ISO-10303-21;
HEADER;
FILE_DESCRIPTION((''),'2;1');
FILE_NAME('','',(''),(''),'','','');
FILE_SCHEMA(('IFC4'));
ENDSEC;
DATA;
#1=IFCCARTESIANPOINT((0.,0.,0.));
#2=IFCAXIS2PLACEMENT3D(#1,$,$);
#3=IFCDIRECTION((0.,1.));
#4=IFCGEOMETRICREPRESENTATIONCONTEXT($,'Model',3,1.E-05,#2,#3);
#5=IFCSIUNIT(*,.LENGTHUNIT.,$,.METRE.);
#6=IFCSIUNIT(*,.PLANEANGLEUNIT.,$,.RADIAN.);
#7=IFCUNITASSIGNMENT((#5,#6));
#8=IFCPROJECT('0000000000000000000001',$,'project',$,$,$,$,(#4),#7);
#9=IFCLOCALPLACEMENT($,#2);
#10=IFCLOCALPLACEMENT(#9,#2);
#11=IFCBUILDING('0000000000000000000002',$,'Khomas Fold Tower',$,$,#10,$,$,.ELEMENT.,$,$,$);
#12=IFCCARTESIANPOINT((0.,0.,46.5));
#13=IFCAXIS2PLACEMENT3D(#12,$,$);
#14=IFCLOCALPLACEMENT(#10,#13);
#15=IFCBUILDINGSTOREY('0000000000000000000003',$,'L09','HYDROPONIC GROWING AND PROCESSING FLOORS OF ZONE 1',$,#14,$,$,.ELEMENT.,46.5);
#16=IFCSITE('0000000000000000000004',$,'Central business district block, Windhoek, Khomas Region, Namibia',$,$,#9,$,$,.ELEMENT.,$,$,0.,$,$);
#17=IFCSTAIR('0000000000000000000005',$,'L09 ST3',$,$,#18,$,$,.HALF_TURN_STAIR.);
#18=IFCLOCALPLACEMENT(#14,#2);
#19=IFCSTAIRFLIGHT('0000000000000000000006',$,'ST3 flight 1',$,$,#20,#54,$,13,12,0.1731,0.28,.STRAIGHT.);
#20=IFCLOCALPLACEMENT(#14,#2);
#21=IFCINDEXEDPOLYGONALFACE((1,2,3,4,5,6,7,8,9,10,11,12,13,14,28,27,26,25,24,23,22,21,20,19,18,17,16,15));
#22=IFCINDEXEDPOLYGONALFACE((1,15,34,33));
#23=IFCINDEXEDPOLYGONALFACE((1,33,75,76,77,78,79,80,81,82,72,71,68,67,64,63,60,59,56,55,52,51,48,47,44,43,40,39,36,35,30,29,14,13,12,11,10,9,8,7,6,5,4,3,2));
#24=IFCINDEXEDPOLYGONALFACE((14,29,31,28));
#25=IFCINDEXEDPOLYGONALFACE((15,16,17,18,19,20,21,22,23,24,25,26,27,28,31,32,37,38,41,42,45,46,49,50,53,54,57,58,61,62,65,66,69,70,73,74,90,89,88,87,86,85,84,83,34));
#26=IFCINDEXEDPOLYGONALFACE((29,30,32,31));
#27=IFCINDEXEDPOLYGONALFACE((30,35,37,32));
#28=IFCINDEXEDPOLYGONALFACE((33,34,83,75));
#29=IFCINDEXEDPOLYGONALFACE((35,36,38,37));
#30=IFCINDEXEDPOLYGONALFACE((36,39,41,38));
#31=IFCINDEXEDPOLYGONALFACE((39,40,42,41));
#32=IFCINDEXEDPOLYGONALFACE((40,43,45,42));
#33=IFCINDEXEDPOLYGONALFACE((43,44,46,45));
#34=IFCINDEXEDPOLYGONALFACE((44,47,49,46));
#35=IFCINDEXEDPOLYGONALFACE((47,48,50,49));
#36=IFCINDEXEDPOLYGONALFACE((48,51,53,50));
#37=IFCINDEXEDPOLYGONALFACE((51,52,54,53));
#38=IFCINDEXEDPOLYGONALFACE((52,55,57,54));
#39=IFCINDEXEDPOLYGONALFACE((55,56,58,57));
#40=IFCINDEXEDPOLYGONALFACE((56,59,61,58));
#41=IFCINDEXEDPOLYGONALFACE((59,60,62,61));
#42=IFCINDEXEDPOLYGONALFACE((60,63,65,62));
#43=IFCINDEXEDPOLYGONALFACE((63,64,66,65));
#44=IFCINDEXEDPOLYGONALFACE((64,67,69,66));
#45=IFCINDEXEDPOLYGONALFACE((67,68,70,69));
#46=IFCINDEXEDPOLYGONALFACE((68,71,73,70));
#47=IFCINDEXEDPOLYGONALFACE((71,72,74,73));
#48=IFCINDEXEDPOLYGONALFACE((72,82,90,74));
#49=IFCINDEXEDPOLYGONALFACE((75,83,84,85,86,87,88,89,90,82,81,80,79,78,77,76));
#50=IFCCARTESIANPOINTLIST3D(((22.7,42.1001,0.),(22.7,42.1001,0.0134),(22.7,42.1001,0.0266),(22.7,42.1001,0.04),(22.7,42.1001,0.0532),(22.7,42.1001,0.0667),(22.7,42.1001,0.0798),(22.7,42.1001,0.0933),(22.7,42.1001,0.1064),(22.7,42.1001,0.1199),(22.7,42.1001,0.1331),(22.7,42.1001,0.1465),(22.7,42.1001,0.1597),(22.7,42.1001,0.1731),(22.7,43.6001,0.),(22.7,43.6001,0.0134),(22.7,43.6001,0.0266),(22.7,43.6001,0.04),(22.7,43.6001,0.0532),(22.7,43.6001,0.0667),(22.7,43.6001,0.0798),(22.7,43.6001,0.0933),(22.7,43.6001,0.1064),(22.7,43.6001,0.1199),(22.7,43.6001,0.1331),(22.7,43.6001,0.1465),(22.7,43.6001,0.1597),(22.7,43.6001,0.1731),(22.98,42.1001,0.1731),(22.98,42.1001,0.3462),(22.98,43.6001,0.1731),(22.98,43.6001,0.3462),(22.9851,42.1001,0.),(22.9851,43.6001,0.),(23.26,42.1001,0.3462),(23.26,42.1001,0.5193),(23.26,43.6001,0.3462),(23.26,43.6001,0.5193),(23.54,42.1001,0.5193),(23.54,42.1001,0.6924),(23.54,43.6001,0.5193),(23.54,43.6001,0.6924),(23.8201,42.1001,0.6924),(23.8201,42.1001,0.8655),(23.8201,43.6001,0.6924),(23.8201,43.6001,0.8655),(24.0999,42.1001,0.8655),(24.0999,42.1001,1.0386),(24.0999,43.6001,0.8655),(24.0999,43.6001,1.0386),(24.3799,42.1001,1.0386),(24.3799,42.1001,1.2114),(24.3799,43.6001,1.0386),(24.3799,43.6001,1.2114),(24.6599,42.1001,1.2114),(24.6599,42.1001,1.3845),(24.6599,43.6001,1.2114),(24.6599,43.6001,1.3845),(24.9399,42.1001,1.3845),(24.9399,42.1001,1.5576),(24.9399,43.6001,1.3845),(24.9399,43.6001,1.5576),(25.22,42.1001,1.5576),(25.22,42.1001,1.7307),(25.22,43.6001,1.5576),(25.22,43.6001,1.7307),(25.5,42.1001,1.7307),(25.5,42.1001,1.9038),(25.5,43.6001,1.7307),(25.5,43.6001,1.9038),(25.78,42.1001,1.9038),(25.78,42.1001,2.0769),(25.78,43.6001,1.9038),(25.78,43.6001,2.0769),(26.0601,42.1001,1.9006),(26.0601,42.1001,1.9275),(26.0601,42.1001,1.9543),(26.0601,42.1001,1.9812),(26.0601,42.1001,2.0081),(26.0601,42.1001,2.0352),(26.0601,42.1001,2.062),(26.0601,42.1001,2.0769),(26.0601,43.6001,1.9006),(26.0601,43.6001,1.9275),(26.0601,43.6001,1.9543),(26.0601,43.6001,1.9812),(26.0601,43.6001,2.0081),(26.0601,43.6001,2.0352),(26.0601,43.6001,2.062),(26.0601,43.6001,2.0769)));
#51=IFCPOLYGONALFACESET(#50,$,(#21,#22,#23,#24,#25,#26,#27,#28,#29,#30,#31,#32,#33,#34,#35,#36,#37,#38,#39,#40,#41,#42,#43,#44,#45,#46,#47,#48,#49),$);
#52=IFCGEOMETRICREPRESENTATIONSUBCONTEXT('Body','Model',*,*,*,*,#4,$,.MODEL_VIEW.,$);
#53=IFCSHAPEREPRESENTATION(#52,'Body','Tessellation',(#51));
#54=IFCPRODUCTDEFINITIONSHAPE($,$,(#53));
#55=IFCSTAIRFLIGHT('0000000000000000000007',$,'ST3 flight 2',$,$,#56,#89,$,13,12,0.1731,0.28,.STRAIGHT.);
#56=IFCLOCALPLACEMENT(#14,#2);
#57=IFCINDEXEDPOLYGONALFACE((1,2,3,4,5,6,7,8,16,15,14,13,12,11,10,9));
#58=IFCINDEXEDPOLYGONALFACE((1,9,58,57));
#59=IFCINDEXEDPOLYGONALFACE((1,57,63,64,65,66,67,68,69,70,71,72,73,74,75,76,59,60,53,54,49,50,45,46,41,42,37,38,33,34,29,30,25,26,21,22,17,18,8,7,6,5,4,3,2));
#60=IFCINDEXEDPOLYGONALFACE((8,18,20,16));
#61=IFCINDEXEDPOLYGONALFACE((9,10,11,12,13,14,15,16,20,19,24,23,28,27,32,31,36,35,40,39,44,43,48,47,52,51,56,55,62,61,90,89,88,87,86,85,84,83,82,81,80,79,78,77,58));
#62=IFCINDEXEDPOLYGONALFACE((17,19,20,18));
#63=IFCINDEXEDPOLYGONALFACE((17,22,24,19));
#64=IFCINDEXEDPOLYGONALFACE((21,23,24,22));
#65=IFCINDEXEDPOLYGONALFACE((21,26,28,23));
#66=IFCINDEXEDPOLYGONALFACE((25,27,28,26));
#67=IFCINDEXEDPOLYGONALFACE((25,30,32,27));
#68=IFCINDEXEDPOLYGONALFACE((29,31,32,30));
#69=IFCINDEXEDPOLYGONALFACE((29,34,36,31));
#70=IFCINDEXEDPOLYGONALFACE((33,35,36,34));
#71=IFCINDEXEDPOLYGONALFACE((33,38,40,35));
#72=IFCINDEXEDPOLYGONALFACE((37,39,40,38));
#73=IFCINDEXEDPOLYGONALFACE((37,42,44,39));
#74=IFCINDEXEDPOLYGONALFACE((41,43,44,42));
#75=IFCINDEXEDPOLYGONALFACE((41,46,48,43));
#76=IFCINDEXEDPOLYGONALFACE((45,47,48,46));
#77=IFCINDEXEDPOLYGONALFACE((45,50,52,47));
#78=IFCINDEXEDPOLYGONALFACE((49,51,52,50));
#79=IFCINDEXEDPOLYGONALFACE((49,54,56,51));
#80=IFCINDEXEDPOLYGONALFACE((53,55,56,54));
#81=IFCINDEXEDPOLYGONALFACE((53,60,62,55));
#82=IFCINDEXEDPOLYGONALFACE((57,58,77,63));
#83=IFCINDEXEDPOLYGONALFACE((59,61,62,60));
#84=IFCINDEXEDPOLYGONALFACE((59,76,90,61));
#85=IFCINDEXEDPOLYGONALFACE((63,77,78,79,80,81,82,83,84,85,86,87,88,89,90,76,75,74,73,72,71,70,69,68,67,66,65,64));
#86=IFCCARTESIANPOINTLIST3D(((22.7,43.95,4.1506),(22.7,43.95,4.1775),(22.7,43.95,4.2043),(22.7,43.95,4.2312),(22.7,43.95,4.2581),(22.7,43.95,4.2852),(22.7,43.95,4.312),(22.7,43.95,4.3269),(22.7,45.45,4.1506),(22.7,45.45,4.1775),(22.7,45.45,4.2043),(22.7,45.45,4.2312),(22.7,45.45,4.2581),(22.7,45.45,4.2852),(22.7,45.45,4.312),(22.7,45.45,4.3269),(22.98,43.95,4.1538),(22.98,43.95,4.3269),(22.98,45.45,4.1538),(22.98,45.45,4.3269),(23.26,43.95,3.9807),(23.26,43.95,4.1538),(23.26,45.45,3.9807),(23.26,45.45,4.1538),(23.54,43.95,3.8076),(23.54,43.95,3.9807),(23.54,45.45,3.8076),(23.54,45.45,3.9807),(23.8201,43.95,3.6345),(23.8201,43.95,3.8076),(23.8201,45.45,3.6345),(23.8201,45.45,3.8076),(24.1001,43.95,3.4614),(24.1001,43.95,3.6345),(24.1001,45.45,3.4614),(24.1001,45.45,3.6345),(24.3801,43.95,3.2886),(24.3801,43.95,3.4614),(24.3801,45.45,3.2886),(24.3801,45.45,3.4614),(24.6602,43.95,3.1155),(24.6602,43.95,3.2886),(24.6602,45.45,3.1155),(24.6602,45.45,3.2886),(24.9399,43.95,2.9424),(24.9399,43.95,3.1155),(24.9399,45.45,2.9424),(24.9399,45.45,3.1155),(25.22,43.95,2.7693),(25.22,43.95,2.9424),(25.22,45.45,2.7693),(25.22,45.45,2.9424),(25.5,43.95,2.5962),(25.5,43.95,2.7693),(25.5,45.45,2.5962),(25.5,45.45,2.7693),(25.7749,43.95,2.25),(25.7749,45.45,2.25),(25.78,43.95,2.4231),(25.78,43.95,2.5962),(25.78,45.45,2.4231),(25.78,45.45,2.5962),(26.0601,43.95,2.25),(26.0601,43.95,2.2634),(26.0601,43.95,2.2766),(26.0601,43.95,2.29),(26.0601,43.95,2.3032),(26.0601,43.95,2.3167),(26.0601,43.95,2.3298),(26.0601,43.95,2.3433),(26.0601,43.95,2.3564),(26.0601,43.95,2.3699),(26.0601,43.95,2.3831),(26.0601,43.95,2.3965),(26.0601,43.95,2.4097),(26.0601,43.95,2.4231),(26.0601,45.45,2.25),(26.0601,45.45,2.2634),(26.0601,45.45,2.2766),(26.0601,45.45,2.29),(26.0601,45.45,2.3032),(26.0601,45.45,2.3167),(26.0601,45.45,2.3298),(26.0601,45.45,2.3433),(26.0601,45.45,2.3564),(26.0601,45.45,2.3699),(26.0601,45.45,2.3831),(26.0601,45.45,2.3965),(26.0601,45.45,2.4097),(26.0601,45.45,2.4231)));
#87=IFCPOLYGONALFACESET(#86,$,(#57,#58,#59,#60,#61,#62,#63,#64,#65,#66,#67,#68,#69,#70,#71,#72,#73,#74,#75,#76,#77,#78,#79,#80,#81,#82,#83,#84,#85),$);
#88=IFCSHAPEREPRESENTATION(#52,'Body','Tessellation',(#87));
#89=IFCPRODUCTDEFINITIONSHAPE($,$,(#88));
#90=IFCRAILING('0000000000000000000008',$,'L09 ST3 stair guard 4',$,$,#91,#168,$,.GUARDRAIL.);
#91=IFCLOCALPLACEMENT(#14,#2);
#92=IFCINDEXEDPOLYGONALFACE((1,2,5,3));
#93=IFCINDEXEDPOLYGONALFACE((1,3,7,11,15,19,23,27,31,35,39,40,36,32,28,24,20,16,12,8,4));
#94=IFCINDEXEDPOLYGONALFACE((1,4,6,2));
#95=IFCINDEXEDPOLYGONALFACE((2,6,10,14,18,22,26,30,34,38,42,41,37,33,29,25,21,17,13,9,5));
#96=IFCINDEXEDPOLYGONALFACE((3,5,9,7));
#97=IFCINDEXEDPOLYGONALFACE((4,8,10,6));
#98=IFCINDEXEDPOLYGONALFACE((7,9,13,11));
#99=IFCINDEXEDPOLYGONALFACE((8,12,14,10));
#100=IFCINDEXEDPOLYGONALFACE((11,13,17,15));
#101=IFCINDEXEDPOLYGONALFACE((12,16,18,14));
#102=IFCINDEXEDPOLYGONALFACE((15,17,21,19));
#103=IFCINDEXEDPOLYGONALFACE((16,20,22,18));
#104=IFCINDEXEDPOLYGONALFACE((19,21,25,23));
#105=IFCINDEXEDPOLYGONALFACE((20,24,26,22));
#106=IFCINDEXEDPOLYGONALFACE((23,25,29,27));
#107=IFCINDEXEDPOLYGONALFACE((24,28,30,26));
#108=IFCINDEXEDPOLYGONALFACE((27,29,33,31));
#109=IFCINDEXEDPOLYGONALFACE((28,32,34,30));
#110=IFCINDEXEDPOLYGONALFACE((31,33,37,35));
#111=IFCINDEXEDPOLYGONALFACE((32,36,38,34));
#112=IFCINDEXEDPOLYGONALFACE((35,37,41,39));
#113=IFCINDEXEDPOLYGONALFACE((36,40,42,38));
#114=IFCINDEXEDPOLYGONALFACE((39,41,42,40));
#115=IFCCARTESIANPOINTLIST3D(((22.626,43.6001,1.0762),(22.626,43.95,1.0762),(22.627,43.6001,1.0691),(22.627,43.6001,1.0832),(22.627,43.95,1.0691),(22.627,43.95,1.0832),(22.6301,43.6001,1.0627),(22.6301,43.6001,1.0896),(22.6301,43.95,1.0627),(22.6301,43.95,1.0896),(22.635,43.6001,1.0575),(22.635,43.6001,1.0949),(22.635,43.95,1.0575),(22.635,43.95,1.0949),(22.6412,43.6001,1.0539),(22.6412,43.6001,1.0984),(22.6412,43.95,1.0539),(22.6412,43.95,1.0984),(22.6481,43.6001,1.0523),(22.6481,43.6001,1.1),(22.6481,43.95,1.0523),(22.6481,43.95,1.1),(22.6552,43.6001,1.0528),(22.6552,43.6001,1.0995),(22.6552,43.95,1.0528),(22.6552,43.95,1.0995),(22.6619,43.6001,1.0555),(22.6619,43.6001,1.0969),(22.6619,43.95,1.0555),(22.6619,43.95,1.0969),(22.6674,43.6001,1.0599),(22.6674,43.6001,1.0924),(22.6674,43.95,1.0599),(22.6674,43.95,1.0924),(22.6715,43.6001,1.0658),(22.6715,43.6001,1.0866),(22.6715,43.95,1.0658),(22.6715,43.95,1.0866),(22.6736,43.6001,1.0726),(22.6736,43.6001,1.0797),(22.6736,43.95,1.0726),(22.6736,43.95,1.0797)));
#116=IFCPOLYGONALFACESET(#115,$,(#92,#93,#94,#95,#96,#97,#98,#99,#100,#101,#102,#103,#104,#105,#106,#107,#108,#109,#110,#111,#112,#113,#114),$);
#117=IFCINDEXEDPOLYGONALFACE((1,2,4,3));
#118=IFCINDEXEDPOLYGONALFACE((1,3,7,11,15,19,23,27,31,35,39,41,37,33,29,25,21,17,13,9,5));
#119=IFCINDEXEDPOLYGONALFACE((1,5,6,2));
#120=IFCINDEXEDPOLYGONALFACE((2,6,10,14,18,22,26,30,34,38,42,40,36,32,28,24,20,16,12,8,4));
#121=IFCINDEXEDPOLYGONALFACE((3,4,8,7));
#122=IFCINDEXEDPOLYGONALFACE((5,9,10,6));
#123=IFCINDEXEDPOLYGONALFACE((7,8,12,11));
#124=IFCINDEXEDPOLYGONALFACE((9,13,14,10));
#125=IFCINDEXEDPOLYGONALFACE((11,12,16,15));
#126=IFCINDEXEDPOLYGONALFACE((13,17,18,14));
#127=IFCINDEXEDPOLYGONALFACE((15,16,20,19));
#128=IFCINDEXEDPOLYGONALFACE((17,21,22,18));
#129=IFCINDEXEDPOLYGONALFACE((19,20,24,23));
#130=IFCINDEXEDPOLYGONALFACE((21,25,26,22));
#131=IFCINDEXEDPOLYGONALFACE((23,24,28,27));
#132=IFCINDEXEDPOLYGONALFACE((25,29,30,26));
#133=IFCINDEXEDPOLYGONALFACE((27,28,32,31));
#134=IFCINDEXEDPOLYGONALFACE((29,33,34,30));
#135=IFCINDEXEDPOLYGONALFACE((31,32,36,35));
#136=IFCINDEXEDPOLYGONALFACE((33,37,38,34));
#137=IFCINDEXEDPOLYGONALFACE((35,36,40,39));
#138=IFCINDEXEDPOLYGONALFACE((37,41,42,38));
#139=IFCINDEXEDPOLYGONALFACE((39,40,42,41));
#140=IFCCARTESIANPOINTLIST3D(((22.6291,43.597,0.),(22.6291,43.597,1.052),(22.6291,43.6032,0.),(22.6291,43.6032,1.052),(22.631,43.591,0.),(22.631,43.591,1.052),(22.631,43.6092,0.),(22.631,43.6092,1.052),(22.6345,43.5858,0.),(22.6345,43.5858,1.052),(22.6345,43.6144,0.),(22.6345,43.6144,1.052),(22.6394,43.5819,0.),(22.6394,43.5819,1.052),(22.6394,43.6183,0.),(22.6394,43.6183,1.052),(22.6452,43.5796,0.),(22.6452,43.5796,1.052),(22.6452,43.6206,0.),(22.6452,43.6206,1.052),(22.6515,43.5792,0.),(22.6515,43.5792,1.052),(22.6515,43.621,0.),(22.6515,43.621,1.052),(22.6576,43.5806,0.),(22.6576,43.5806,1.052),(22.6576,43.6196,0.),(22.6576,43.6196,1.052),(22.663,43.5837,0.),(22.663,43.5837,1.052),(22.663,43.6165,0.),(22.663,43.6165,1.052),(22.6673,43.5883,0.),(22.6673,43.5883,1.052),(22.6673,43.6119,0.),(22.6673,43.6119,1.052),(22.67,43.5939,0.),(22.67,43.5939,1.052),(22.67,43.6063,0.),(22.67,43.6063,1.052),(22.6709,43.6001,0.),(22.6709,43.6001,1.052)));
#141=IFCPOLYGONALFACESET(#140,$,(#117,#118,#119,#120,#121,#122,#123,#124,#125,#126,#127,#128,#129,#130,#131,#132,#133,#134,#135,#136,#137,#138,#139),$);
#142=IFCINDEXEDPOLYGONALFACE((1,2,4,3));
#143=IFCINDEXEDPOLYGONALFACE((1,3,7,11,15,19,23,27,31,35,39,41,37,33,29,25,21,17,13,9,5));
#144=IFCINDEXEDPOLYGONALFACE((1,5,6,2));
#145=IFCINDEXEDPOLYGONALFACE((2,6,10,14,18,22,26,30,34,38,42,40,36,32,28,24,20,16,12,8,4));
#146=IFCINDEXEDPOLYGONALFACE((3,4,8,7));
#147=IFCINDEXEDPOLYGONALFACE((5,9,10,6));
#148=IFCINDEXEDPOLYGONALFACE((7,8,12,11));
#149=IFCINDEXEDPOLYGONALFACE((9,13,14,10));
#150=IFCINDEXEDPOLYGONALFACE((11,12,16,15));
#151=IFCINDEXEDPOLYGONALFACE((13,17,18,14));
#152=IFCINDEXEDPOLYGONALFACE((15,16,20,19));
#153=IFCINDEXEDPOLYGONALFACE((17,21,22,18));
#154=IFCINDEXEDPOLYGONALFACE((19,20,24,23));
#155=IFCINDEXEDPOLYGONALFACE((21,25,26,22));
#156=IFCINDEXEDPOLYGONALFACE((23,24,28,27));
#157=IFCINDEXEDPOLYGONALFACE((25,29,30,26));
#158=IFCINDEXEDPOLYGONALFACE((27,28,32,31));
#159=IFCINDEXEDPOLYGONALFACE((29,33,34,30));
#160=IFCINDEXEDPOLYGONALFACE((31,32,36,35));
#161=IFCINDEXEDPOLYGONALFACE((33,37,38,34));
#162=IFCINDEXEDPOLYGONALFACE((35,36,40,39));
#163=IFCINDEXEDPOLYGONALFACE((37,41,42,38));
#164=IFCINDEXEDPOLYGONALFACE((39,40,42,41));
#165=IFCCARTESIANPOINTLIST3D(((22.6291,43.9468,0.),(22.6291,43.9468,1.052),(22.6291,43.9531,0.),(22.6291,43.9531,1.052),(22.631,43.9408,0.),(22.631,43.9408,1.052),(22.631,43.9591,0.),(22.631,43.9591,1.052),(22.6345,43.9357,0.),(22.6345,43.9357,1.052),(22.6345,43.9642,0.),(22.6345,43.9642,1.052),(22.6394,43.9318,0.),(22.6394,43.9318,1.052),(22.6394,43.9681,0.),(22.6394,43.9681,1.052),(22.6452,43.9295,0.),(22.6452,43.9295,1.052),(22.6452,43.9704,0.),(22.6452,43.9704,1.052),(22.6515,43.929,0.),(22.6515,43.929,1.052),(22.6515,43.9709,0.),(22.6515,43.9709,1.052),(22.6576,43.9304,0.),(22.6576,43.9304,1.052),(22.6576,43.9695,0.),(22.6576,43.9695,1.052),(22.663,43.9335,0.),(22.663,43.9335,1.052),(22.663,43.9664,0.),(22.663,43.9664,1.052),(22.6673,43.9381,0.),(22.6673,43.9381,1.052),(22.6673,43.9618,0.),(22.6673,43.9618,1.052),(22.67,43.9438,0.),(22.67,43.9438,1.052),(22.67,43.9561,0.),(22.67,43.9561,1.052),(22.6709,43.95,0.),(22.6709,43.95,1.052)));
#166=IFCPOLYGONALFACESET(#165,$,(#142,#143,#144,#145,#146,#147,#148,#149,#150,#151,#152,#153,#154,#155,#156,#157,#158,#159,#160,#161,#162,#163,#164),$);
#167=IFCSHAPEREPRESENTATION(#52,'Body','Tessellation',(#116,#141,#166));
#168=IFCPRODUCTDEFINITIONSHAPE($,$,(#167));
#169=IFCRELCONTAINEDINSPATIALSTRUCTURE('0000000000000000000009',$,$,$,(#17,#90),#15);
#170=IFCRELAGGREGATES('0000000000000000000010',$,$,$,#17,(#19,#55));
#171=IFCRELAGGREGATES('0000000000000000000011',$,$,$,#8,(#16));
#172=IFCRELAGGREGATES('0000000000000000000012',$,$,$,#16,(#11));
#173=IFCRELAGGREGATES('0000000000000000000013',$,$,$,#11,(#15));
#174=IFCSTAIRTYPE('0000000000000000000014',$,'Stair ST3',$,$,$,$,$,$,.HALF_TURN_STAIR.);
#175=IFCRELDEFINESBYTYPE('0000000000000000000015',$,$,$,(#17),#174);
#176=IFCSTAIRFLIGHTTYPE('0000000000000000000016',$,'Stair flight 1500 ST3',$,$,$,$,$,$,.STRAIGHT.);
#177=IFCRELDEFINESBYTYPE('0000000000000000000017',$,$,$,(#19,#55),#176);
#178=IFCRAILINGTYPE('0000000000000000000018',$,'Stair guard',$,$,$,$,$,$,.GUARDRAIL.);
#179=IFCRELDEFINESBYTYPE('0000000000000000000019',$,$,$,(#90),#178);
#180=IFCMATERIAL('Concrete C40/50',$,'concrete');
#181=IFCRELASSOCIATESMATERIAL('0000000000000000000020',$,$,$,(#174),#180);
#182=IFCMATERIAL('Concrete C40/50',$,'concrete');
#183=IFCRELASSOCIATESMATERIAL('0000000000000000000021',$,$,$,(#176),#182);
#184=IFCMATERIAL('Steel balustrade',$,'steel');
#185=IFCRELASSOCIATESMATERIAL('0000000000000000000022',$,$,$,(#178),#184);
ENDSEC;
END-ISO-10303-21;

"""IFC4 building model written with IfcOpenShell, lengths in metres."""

from ifc_helpers import new_model, si_unit, direction, frame, origin, origin_2d, place, context, subcontext, project, spatial, polyline, circle, outline, extrude, source, transform, mapped, material, type_object, element, aggregate, save


model = new_model("IFC4")

# Units and contexts
model_context = context("Model", 3, precision=1e-05, world=origin(), true_north=direction((0.0, 1.0)))
body_context = subcontext(model_context, "Body", "Model", "MODEL_VIEW")
ifc_project = project(units=[si_unit("LENGTHUNIT", "METRE"), si_unit("PLANEANGLEUNIT", "RADIAN")], contexts=[model_context])

# Site, building, storey
site_placement = place(None, origin())
site = spatial("IfcSite", under=ifc_project, at=site_placement, Name="Central business district block, Windhoek, Khomas Region, Namibia", CompositionType="ELEMENT", RefElevation=0.0)
building_placement = place(site_placement, origin())
building = spatial("IfcBuilding", under=site, at=building_placement, Name="Khomas Fold Tower", CompositionType="ELEMENT")
storey_placement = place(building_placement, frame((0.0, 0.0, 46.5)))
storey = spatial("IfcBuildingStorey", under=building, at=storey_placement, Name="L09", Description="HYDROPONIC GROWING AND PROCESSING FLOORS OF ZONE 1", CompositionType="ELEMENT", Elevation=46.5)

# Stair, stair flights
ifc_material_1 = material(Name="Concrete C40/50", Category="concrete")
stair_type = type_object("IfcStairType", Name="Stair ST3", PredefinedType="HALF_TURN_STAIR", material=ifc_material_1)
stair_placement = place(storey_placement, origin())
stair = element("IfcStair", 1, at=stair_placement, inside=storey, type_object=stair_type, Name="L09 ST3", PredefinedType="HALF_TURN_STAIR")
ifc_material_2 = material(Name="Concrete C40/50", Category="concrete")
stair_flight_type = type_object("IfcStairFlightType", Name="Stair flight 1500 ST3", PredefinedType="STRAIGHT", material=ifc_material_2)
shared_shape_1 = source(origin(), body_context, "Body", "SweptSolid", [
    extrude(outline(polyline([(0.0, 0.0), (0.0, 0.0134), (0.0, 0.0266), (0.0, 0.04), (0.0, 0.0532), (0.0, 0.0667), (0.0, 0.0798), (0.0, 0.0933), (0.0, 0.1064), (0.0, 0.1199), (0.0, 0.1331), (0.0, 0.1465), (0.0, 0.1597), (0.0, 0.1731), (0.28, 0.1731), (0.28, 0.3462), (0.5601, 0.3462), (0.5601, 0.5193), (0.8401, 0.5193), (0.8401, 0.6924), (1.1201, 0.6924), (1.1201, 0.8655), (1.3999, 0.8655), (1.3999, 1.0386), (1.6799, 1.0386), (1.6799, 1.2114), (1.96, 1.2114), (1.96, 1.3845), (2.24, 1.3845), (2.24, 1.5576), (2.52, 1.5576), (2.52, 1.7307), (2.8, 1.7307), (2.8, 1.9038), (3.0801, 1.9038), (3.0801, 2.0769), (3.3601, 2.0769), (3.3601, 2.25), (3.3601, 2.2231), (3.3601, 2.1963), (3.3601, 2.1694), (3.3601, 2.1426), (3.3601, 2.1157), (3.3601, 2.0889), (3.3601, 2.062), (3.3601, 2.0352), (3.3601, 2.0081), (3.3601, 1.9812), (3.3601, 1.9543), (3.3601, 1.9275), (3.3601, 1.9006), (0.2852, 0.0), (0.0, 0.0)])), frame((0.0, 0.75, 0.0), z_axis=(0.0, -1.0, 0.0), x_axis=(1.0, 0.0, 0.0)), (0.0, 0.0, 1.0), 1.5),
])
stair_flight_1_placement = place(storey_placement, frame((22.7, 42.8501, 0.0), z_axis=(0.0, 0.0, 1.0), x_axis=(1.0, 0.0, 0.0)))
stair_flight_1 = element("IfcStairFlight", 2, at=stair_flight_1_placement, type_object=stair_flight_type, Name="ST3 flight 1", NumberOfRisers=13, NumberOfTreads=12, PredefinedType="STRAIGHT", RiserHeight=0.1731, TreadLength=0.28, context=body_context, shape_type="MappedRepresentation", body=[
    mapped(shared_shape_1, transform((0.0, 0.0, 0.0))),
])
stair_flight_2_placement = place(storey_placement, frame((26.0601, 44.7, 2.25), z_axis=(0.0, 0.0, 1.0), x_axis=(-1.0, 0.0, 0.0)))
stair_flight_2 = element("IfcStairFlight", 3, at=stair_flight_2_placement, type_object=stair_flight_type, Name="ST3 flight 2", NumberOfRisers=13, NumberOfTreads=12, PredefinedType="STRAIGHT", RiserHeight=0.1731, TreadLength=0.28, context=body_context, shape_type="MappedRepresentation", body=[
    mapped(shared_shape_1, transform((0.0, 0.0, 0.0))),
])
aggregate(stair, [stair_flight_1, stair_flight_2])

# Railing
ifc_material_3 = material(Name="Steel balustrade", Category="steel")
railing_type_1 = type_object("IfcRailingType", Name="Stair guard", PredefinedType="GUARDRAIL", material=ifc_material_3)
shared_shape_2 = source(origin(), body_context, "Body", "SweptSolid", [
    extrude(circle(Radius=0.0239, at=origin_2d()), frame((0.0, 0.0, 1.0762), z_axis=(0.0, 1.0, 0.0), x_axis=(-1.0, 0.0, 0.0)), (0.0, 0.0, 1.0), 0.3499),
    extrude(circle(Radius=0.021, at=origin_2d()), origin(), (0.0, 0.0, 1.0), 1.052),
    extrude(circle(Radius=0.021, at=origin_2d()), frame((0.0, 0.3499, 0.0)), (0.0, 0.0, 1.0), 1.052),
])
railing_1_placement = place(storey_placement, frame((22.6499, 43.6001, 0.0)))
element("IfcRailing", 4, at=railing_1_placement, inside=storey, type_object=railing_type_1, Name="L09 ST3 stair guard 4", PredefinedType="GUARDRAIL", context=body_context, shape_type="MappedRepresentation", body=[
    mapped(shared_shape_2, transform((0.0, 0.0, 0.0))),
])

save(model, "model.ifc")
